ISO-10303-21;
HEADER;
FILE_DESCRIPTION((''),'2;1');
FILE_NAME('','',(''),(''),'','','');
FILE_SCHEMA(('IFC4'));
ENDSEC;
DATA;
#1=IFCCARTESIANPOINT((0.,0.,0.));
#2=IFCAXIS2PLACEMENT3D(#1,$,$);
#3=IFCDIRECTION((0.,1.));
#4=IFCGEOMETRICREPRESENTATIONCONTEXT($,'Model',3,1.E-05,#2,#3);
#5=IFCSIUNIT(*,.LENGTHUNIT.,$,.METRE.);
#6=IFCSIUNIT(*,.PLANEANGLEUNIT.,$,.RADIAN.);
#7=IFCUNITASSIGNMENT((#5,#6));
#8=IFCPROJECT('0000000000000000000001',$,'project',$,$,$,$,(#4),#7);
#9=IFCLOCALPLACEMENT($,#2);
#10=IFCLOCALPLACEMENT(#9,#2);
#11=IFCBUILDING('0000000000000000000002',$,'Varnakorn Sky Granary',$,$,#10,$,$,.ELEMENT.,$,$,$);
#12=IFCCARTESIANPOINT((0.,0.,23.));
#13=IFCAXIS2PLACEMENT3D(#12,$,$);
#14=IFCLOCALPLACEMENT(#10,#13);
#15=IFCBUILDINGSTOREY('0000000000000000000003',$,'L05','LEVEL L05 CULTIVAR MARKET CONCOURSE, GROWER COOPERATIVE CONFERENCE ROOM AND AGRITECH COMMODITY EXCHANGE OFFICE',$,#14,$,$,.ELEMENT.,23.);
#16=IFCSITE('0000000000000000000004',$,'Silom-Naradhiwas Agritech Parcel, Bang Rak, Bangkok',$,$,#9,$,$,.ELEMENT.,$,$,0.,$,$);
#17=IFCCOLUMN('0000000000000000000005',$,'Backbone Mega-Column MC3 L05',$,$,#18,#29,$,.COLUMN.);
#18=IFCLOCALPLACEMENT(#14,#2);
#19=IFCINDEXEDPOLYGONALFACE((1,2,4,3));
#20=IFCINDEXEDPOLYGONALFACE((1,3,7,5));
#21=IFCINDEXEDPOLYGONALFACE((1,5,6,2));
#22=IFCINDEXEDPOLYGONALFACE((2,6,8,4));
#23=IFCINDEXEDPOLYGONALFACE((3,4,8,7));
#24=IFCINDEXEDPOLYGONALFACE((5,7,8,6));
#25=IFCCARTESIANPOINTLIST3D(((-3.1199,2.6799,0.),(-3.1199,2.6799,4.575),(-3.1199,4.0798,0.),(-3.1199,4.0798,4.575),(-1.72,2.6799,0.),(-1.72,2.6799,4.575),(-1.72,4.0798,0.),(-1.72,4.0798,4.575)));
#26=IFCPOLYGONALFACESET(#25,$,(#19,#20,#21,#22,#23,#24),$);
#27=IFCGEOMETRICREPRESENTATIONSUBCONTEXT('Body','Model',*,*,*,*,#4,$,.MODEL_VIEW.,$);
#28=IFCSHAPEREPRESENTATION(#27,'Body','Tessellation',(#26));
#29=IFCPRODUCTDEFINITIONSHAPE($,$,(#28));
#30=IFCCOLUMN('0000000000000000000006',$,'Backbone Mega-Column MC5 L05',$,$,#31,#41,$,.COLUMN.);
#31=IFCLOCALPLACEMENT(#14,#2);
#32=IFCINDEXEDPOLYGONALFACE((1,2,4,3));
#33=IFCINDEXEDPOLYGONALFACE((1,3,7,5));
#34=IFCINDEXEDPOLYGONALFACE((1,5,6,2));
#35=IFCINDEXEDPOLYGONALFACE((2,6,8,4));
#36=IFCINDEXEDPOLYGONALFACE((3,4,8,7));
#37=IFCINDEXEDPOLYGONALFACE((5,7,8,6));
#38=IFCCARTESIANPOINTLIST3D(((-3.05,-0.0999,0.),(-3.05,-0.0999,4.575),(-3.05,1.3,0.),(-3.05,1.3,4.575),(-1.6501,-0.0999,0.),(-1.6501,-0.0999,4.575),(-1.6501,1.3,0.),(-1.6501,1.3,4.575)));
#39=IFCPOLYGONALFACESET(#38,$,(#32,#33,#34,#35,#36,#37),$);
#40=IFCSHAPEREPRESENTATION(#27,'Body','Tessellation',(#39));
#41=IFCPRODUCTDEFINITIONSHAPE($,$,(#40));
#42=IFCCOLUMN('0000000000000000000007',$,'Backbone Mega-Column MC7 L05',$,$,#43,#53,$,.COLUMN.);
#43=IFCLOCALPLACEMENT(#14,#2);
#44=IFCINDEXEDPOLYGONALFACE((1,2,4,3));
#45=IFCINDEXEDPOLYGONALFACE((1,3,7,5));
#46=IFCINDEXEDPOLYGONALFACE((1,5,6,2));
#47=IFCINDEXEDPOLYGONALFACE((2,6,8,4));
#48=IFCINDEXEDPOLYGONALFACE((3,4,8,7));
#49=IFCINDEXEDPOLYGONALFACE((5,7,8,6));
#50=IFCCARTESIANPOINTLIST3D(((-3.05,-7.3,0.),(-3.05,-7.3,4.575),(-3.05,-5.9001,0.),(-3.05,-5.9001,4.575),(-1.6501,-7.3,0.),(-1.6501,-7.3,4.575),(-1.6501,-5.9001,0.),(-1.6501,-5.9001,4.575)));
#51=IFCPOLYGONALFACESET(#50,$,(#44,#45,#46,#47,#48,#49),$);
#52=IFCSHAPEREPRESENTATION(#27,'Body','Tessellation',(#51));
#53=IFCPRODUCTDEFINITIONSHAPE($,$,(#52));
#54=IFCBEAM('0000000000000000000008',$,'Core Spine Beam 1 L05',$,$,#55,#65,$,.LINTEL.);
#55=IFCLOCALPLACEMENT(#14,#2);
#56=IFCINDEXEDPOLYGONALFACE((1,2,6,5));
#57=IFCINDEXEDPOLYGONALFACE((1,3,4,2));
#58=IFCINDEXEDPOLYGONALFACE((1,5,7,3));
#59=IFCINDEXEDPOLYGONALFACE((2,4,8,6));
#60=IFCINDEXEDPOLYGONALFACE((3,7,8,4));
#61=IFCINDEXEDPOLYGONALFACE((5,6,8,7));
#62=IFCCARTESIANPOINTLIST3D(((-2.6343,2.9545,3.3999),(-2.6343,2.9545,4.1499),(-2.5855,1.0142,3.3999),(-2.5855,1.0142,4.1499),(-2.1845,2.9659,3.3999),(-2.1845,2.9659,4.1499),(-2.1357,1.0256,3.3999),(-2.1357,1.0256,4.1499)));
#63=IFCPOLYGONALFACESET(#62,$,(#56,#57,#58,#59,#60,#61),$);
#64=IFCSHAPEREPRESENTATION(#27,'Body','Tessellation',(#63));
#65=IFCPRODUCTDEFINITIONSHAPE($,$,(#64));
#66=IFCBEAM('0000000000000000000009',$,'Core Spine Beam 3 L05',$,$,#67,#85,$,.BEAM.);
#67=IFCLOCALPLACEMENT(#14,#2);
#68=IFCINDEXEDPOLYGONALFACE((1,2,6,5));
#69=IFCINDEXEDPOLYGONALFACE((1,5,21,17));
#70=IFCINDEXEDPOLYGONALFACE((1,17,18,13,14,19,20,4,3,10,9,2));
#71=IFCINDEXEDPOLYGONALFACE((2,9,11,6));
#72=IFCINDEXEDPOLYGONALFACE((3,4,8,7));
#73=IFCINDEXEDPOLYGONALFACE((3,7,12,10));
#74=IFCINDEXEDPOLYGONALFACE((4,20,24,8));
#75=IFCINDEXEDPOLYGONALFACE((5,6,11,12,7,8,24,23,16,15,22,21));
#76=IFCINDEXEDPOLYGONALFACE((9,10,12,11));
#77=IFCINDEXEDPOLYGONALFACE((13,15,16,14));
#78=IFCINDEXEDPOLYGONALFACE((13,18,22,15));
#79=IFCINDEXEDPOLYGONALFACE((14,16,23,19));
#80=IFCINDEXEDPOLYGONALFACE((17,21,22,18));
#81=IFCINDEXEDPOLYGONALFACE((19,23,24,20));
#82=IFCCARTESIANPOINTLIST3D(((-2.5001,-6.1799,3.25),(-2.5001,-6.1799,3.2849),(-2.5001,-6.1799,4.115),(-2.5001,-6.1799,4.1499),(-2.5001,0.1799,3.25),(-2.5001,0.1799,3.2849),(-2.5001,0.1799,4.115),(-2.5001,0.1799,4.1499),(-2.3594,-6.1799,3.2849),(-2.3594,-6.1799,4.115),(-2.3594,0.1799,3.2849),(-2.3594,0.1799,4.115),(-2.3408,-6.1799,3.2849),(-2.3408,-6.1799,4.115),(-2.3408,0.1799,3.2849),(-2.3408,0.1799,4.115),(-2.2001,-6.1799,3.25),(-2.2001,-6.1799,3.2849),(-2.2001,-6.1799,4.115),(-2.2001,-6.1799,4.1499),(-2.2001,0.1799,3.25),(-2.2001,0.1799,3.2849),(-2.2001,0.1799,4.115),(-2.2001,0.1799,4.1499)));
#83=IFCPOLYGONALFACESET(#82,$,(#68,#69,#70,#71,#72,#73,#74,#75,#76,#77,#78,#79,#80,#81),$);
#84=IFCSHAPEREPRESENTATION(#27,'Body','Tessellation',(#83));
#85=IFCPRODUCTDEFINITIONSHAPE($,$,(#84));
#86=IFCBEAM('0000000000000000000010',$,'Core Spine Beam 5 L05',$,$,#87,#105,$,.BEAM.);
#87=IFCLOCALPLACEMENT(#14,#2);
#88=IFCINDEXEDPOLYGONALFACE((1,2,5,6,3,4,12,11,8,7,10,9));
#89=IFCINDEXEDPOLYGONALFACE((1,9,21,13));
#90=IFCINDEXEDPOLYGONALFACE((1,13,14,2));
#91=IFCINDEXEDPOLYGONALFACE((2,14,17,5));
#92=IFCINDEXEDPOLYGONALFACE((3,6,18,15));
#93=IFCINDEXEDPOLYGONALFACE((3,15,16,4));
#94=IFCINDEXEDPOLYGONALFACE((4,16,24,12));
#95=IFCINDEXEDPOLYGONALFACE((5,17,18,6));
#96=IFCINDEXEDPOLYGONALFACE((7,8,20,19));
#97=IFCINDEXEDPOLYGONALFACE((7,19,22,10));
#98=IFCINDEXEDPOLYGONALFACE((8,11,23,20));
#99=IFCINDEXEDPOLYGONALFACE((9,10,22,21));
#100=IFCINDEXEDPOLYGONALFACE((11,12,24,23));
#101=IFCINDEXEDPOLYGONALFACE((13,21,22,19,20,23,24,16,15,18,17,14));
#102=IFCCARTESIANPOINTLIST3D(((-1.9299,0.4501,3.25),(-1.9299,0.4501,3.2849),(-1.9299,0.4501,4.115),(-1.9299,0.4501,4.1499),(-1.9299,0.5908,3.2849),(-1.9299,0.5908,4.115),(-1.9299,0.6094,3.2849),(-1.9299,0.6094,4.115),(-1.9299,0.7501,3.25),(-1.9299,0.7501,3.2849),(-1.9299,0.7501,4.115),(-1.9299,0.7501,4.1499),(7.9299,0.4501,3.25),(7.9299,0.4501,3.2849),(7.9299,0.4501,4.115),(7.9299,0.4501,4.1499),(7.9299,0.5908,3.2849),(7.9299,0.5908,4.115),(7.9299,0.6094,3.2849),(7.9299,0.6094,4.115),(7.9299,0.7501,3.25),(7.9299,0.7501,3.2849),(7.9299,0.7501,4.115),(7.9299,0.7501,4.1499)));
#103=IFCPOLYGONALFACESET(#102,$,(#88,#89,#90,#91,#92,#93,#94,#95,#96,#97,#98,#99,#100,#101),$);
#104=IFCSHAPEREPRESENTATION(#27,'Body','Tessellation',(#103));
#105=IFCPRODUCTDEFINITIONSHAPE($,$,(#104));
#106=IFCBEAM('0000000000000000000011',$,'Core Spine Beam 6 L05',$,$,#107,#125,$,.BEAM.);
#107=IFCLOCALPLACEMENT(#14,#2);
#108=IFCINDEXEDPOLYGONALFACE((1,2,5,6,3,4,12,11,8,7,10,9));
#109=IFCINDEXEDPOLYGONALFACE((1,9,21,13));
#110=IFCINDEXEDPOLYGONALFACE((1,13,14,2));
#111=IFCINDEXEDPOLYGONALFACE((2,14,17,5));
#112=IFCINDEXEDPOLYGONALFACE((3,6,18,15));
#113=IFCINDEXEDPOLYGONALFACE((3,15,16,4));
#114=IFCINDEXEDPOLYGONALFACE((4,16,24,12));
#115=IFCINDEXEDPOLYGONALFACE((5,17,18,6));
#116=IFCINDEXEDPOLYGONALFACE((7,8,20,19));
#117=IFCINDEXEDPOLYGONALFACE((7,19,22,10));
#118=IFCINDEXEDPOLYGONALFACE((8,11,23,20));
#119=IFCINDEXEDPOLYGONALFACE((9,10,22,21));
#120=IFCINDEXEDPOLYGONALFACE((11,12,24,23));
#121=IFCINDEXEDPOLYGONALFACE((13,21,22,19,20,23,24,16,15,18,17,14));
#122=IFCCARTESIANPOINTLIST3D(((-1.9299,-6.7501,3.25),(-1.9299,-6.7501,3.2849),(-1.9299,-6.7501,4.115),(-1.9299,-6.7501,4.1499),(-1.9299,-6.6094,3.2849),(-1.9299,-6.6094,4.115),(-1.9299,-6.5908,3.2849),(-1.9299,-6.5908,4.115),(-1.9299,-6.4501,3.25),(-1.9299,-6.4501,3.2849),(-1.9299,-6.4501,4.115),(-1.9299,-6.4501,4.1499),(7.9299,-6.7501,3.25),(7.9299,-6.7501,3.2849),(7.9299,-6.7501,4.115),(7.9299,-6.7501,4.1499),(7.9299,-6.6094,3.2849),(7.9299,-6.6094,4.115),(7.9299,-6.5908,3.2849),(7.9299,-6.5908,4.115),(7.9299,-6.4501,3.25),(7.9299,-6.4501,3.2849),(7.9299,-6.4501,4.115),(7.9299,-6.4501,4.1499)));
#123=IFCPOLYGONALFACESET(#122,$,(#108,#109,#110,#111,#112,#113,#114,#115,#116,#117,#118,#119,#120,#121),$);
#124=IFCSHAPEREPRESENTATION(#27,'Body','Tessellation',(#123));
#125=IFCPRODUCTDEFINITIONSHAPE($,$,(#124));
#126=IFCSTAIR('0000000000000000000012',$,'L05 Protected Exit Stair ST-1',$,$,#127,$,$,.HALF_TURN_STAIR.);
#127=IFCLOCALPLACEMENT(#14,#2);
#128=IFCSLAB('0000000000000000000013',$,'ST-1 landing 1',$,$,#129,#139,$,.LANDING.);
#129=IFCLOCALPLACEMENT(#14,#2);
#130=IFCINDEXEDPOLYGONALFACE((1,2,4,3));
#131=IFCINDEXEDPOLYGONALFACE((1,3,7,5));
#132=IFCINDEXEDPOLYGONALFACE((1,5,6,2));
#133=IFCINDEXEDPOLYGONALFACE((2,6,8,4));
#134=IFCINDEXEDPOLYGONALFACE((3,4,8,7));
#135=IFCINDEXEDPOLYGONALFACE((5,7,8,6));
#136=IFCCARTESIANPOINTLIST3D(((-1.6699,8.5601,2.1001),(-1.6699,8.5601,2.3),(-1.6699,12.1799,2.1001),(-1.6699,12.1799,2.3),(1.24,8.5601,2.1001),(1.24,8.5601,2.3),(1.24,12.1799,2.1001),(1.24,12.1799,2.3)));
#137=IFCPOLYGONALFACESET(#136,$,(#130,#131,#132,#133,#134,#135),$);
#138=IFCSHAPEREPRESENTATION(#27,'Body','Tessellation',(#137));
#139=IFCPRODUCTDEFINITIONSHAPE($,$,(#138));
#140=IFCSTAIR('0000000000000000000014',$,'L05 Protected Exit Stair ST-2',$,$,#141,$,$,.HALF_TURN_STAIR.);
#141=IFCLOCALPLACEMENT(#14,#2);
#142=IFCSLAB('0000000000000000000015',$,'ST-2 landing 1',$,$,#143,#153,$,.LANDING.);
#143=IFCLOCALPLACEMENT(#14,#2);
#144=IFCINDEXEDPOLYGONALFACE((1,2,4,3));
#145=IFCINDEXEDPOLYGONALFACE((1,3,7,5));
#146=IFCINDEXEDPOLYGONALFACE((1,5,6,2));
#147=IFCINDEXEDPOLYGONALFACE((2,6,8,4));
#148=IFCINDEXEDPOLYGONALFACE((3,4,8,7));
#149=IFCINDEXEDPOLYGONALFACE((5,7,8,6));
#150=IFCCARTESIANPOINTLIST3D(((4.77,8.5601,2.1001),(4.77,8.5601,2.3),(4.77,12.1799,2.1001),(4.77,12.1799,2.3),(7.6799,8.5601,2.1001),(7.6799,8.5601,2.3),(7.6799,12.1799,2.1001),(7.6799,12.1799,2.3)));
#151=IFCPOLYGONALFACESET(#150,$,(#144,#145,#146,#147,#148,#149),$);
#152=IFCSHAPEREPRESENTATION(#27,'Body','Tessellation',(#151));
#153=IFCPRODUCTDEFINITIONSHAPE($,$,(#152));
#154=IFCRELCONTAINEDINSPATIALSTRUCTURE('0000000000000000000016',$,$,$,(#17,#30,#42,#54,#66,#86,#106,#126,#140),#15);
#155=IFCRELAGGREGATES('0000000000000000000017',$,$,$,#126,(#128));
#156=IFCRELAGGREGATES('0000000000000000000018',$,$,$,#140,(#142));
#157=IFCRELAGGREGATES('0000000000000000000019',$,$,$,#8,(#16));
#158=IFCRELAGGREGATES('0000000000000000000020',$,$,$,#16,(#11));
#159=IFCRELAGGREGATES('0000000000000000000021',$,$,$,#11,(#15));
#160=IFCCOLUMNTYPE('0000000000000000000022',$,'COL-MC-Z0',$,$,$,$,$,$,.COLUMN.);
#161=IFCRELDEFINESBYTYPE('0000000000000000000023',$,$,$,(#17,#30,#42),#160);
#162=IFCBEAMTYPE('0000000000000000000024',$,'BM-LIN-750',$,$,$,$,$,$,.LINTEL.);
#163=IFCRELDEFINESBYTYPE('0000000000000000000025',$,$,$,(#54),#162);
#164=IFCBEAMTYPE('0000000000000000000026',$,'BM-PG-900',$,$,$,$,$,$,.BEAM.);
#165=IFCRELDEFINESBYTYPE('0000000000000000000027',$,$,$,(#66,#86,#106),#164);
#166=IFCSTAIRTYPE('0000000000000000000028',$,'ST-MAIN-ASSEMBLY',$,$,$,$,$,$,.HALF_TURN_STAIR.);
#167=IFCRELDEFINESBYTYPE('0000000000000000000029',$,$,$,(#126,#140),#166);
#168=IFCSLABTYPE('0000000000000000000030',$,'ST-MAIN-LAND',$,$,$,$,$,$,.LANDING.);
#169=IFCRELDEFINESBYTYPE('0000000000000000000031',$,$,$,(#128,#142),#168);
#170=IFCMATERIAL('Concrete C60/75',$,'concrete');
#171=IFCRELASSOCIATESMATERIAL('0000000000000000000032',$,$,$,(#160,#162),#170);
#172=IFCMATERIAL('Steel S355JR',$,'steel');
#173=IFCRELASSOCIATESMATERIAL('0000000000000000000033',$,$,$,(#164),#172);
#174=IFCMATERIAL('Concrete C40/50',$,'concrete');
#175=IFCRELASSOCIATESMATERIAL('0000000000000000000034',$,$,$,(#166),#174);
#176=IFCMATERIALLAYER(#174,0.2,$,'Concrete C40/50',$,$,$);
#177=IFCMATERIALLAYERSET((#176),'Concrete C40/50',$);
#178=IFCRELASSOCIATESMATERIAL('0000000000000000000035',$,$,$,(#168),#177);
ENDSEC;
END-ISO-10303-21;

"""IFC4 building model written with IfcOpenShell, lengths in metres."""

from ifc_helpers import new_model, si_unit, direction, frame, origin, origin_2d, place, context, subcontext, project, spatial, polyline, rectangle, i_section, outline, extrude, material, layer, layer_set, material_profile, profile_set, type_object, element, aggregate, save


model = new_model("IFC4")

# Units and contexts
model_context = context("Model", 3, precision=1e-05, world=origin(), true_north=direction((0.0, 1.0)))
body_context = subcontext(model_context, "Body", "Model", "MODEL_VIEW")
ifc_project = project(units=[si_unit("LENGTHUNIT", "METRE"), si_unit("PLANEANGLEUNIT", "RADIAN")], contexts=[model_context])

# Site, building, storey
site_placement = place(None, origin())
site = spatial("IfcSite", under=ifc_project, at=site_placement, Name="Silom-Naradhiwas Agritech Parcel, Bang Rak, Bangkok", CompositionType="ELEMENT", RefElevation=0.0)
building_placement = place(site_placement, origin())
building = spatial("IfcBuilding", under=site, at=building_placement, Name="Varnakorn Sky Granary", CompositionType="ELEMENT")
storey_placement = place(building_placement, frame((0.0, 0.0, 23.0)))
storey = spatial("IfcBuildingStorey", under=building, at=storey_placement, Name="L05", Description="LEVEL L05 CULTIVAR MARKET CONCOURSE, GROWER COOPERATIVE CONFERENCE ROOM AND AGRITECH COMMODITY EXCHANGE OFFICE", CompositionType="ELEMENT", Elevation=23.0)

# Columns
ifc_material_1 = material(Name="Concrete C60/75", Category="concrete")
ifc_material_profile_1 = material_profile(ifc_material_1, rectangle(XDim=1.3999, YDim=1.3999, at=origin_2d()), Name="RC 1400x1400")
ifc_profile_set_1 = profile_set([ifc_material_profile_1], Name="Concrete C60/75")
column_type = type_object("IfcColumnType", Name="COL-MC-Z0", PredefinedType="COLUMN", material=ifc_profile_set_1)
for number, where, z_axis, x_axis, name in (
    (1, (-2.4199, 3.3799, 0.0), (0.0, 0.0, 1.0), (1.0, 0.0, 0.0), "Backbone Mega-Column MC3 L05"),
    (2, (-2.3501, 0.6001, 0.0), (0.0, 0.0, 1.0), (1.0, 0.0, 0.0), "Backbone Mega-Column MC5 L05"),
    (3, (-2.3501, -6.6001, 0.0), (0.0, 0.0, 1.0), (1.0, 0.0, 0.0), "Backbone Mega-Column MC7 L05"),
):
    element("IfcColumn", number, at=place(storey_placement, frame(where, z_axis=z_axis, x_axis=x_axis)), inside=storey, type_object=column_type, Name=name, PredefinedType="COLUMN", context=body_context, shape_type="SweptSolid", body=[
        extrude(rectangle(XDim=1.3999, YDim=1.3999, at=origin_2d()), origin(), (0.0, 0.0, 1.0), 4.575),
    ])

# Beams
ifc_material_profile_2 = material_profile(ifc_material_1, rectangle(XDim=0.45, YDim=0.75, at=origin_2d()), Name="RC 450x750")
ifc_profile_set_2 = profile_set([ifc_material_profile_2], Name="Concrete C60/75")
beam_type_1 = type_object("IfcBeamType", Name="BM-LIN-750", PredefinedType="LINTEL", material=ifc_profile_set_2)
beam_1_placement = place(storey_placement, frame((-2.4094, 2.9602, 3.7749), z_axis=(0.025159, -0.999683, 0.0), x_axis=(0.999683, 0.025159, 0.0)))
element("IfcBeam", 4, at=beam_1_placement, inside=storey, type_object=beam_type_1, Name="Core Spine Beam 1 L05", PredefinedType="LINTEL", context=body_context, shape_type="SweptSolid", body=[
    extrude(rectangle(XDim=0.45, YDim=0.75, at=origin_2d()), origin(), (0.0, 0.0, 1.0), 1.9409),
])
ifc_material_2 = material(Name="Steel S355JR", Category="steel")
ifc_material_profile_3 = material_profile(ifc_material_2, i_section(OverallWidth=0.3, OverallDepth=0.8999, WebThickness=0.0186, FlangeThickness=0.0349, at=origin_2d()), Name="HE 900 B")
ifc_profile_set_3 = profile_set([ifc_material_profile_3], Name="Steel S355JR")
beam_type_2 = type_object("IfcBeamType", Name="BM-PG-900", PredefinedType="BEAM", material=ifc_profile_set_3)
beam_2_placement = place(storey_placement, frame((-2.3501, 0.1799, 3.7), z_axis=(0.0, -1.0, 0.0), x_axis=(1.0, 0.0, 0.0)))
element("IfcBeam", 5, at=beam_2_placement, inside=storey, type_object=beam_type_2, Name="Core Spine Beam 3 L05", PredefinedType="BEAM", context=body_context, shape_type="SweptSolid", body=[
    extrude(i_section(OverallWidth=0.3, OverallDepth=0.8999, WebThickness=0.0186, FlangeThickness=0.0349, at=origin_2d()), origin(), (0.0, 0.0, 1.0), 6.3599),
])
for number, where, z_axis, x_axis, name in (
    (6, (-1.9299, 0.6001, 3.7), (1.0, 0.0, 0.0), (0.0, 1.0, 0.0), "Core Spine Beam 5 L05"),
    (7, (-1.9299, -6.6001, 3.7), (1.0, 0.0, 0.0), (0.0, 1.0, 0.0), "Core Spine Beam 6 L05"),
):
    element("IfcBeam", number, at=place(storey_placement, frame(where, z_axis=z_axis, x_axis=x_axis)), inside=storey, type_object=beam_type_2, Name=name, PredefinedType="BEAM", context=body_context, shape_type="SweptSolid", body=[
        extrude(i_section(OverallWidth=0.3, OverallDepth=0.8999, WebThickness=0.0186, FlangeThickness=0.0349, at=origin_2d()), origin(), (0.0, 0.0, 1.0), 9.8599),
    ])

# Stairs, slabs
ifc_material_3 = material(Name="Concrete C40/50", Category="concrete")
stair_type = type_object("IfcStairType", Name="ST-MAIN-ASSEMBLY", PredefinedType="HALF_TURN_STAIR", material=ifc_material_3)
stair_1_placement = place(storey_placement, origin())
stair_1 = element("IfcStair", 8, at=stair_1_placement, inside=storey, type_object=stair_type, Name="L05 Protected Exit Stair ST-1", PredefinedType="HALF_TURN_STAIR")
ifc_layer_1 = layer(ifc_material_3, 0.2, Name="Concrete C40/50")
ifc_layer_set_1 = layer_set([ifc_layer_1], Name="Concrete C40/50")
slab_type_1 = type_object("IfcSlabType", Name="ST-MAIN-LAND", PredefinedType="LANDING", material=ifc_layer_set_1)
slab_1_placement = place(storey_placement, frame((0.0, 0.0, 2.1001)))
slab_1 = element("IfcSlab", 9, at=slab_1_placement, type_object=slab_type_1, Name="ST-1 landing 1", PredefinedType="LANDING", context=body_context, shape_type="SweptSolid", body=[
    extrude(outline(polyline([(1.24, 8.5601), (1.24, 12.1799), (-1.6699, 12.1799), (-1.6699, 8.5601), (1.24, 8.5601)])), origin(), (0.0, 0.0, 1.0), 0.2),
])
aggregate(stair_1, [slab_1])
stair_2_placement = place(storey_placement, origin())
stair_2 = element("IfcStair", 10, at=stair_2_placement, inside=storey, type_object=stair_type, Name="L05 Protected Exit Stair ST-2", PredefinedType="HALF_TURN_STAIR")
slab_2_placement = place(storey_placement, frame((0.0, 0.0, 2.1001)))
slab_2 = element("IfcSlab", 11, at=slab_2_placement, type_object=slab_type_1, Name="ST-2 landing 1", PredefinedType="LANDING", context=body_context, shape_type="SweptSolid", body=[
    extrude(outline(polyline([(7.6799, 8.5601), (7.6799, 12.1799), (4.77, 12.1799), (4.77, 8.5601), (7.6799, 8.5601)])), origin(), (0.0, 0.0, 1.0), 0.2),
])
aggregate(stair_2, [slab_2])

save(model, "model.ifc")
